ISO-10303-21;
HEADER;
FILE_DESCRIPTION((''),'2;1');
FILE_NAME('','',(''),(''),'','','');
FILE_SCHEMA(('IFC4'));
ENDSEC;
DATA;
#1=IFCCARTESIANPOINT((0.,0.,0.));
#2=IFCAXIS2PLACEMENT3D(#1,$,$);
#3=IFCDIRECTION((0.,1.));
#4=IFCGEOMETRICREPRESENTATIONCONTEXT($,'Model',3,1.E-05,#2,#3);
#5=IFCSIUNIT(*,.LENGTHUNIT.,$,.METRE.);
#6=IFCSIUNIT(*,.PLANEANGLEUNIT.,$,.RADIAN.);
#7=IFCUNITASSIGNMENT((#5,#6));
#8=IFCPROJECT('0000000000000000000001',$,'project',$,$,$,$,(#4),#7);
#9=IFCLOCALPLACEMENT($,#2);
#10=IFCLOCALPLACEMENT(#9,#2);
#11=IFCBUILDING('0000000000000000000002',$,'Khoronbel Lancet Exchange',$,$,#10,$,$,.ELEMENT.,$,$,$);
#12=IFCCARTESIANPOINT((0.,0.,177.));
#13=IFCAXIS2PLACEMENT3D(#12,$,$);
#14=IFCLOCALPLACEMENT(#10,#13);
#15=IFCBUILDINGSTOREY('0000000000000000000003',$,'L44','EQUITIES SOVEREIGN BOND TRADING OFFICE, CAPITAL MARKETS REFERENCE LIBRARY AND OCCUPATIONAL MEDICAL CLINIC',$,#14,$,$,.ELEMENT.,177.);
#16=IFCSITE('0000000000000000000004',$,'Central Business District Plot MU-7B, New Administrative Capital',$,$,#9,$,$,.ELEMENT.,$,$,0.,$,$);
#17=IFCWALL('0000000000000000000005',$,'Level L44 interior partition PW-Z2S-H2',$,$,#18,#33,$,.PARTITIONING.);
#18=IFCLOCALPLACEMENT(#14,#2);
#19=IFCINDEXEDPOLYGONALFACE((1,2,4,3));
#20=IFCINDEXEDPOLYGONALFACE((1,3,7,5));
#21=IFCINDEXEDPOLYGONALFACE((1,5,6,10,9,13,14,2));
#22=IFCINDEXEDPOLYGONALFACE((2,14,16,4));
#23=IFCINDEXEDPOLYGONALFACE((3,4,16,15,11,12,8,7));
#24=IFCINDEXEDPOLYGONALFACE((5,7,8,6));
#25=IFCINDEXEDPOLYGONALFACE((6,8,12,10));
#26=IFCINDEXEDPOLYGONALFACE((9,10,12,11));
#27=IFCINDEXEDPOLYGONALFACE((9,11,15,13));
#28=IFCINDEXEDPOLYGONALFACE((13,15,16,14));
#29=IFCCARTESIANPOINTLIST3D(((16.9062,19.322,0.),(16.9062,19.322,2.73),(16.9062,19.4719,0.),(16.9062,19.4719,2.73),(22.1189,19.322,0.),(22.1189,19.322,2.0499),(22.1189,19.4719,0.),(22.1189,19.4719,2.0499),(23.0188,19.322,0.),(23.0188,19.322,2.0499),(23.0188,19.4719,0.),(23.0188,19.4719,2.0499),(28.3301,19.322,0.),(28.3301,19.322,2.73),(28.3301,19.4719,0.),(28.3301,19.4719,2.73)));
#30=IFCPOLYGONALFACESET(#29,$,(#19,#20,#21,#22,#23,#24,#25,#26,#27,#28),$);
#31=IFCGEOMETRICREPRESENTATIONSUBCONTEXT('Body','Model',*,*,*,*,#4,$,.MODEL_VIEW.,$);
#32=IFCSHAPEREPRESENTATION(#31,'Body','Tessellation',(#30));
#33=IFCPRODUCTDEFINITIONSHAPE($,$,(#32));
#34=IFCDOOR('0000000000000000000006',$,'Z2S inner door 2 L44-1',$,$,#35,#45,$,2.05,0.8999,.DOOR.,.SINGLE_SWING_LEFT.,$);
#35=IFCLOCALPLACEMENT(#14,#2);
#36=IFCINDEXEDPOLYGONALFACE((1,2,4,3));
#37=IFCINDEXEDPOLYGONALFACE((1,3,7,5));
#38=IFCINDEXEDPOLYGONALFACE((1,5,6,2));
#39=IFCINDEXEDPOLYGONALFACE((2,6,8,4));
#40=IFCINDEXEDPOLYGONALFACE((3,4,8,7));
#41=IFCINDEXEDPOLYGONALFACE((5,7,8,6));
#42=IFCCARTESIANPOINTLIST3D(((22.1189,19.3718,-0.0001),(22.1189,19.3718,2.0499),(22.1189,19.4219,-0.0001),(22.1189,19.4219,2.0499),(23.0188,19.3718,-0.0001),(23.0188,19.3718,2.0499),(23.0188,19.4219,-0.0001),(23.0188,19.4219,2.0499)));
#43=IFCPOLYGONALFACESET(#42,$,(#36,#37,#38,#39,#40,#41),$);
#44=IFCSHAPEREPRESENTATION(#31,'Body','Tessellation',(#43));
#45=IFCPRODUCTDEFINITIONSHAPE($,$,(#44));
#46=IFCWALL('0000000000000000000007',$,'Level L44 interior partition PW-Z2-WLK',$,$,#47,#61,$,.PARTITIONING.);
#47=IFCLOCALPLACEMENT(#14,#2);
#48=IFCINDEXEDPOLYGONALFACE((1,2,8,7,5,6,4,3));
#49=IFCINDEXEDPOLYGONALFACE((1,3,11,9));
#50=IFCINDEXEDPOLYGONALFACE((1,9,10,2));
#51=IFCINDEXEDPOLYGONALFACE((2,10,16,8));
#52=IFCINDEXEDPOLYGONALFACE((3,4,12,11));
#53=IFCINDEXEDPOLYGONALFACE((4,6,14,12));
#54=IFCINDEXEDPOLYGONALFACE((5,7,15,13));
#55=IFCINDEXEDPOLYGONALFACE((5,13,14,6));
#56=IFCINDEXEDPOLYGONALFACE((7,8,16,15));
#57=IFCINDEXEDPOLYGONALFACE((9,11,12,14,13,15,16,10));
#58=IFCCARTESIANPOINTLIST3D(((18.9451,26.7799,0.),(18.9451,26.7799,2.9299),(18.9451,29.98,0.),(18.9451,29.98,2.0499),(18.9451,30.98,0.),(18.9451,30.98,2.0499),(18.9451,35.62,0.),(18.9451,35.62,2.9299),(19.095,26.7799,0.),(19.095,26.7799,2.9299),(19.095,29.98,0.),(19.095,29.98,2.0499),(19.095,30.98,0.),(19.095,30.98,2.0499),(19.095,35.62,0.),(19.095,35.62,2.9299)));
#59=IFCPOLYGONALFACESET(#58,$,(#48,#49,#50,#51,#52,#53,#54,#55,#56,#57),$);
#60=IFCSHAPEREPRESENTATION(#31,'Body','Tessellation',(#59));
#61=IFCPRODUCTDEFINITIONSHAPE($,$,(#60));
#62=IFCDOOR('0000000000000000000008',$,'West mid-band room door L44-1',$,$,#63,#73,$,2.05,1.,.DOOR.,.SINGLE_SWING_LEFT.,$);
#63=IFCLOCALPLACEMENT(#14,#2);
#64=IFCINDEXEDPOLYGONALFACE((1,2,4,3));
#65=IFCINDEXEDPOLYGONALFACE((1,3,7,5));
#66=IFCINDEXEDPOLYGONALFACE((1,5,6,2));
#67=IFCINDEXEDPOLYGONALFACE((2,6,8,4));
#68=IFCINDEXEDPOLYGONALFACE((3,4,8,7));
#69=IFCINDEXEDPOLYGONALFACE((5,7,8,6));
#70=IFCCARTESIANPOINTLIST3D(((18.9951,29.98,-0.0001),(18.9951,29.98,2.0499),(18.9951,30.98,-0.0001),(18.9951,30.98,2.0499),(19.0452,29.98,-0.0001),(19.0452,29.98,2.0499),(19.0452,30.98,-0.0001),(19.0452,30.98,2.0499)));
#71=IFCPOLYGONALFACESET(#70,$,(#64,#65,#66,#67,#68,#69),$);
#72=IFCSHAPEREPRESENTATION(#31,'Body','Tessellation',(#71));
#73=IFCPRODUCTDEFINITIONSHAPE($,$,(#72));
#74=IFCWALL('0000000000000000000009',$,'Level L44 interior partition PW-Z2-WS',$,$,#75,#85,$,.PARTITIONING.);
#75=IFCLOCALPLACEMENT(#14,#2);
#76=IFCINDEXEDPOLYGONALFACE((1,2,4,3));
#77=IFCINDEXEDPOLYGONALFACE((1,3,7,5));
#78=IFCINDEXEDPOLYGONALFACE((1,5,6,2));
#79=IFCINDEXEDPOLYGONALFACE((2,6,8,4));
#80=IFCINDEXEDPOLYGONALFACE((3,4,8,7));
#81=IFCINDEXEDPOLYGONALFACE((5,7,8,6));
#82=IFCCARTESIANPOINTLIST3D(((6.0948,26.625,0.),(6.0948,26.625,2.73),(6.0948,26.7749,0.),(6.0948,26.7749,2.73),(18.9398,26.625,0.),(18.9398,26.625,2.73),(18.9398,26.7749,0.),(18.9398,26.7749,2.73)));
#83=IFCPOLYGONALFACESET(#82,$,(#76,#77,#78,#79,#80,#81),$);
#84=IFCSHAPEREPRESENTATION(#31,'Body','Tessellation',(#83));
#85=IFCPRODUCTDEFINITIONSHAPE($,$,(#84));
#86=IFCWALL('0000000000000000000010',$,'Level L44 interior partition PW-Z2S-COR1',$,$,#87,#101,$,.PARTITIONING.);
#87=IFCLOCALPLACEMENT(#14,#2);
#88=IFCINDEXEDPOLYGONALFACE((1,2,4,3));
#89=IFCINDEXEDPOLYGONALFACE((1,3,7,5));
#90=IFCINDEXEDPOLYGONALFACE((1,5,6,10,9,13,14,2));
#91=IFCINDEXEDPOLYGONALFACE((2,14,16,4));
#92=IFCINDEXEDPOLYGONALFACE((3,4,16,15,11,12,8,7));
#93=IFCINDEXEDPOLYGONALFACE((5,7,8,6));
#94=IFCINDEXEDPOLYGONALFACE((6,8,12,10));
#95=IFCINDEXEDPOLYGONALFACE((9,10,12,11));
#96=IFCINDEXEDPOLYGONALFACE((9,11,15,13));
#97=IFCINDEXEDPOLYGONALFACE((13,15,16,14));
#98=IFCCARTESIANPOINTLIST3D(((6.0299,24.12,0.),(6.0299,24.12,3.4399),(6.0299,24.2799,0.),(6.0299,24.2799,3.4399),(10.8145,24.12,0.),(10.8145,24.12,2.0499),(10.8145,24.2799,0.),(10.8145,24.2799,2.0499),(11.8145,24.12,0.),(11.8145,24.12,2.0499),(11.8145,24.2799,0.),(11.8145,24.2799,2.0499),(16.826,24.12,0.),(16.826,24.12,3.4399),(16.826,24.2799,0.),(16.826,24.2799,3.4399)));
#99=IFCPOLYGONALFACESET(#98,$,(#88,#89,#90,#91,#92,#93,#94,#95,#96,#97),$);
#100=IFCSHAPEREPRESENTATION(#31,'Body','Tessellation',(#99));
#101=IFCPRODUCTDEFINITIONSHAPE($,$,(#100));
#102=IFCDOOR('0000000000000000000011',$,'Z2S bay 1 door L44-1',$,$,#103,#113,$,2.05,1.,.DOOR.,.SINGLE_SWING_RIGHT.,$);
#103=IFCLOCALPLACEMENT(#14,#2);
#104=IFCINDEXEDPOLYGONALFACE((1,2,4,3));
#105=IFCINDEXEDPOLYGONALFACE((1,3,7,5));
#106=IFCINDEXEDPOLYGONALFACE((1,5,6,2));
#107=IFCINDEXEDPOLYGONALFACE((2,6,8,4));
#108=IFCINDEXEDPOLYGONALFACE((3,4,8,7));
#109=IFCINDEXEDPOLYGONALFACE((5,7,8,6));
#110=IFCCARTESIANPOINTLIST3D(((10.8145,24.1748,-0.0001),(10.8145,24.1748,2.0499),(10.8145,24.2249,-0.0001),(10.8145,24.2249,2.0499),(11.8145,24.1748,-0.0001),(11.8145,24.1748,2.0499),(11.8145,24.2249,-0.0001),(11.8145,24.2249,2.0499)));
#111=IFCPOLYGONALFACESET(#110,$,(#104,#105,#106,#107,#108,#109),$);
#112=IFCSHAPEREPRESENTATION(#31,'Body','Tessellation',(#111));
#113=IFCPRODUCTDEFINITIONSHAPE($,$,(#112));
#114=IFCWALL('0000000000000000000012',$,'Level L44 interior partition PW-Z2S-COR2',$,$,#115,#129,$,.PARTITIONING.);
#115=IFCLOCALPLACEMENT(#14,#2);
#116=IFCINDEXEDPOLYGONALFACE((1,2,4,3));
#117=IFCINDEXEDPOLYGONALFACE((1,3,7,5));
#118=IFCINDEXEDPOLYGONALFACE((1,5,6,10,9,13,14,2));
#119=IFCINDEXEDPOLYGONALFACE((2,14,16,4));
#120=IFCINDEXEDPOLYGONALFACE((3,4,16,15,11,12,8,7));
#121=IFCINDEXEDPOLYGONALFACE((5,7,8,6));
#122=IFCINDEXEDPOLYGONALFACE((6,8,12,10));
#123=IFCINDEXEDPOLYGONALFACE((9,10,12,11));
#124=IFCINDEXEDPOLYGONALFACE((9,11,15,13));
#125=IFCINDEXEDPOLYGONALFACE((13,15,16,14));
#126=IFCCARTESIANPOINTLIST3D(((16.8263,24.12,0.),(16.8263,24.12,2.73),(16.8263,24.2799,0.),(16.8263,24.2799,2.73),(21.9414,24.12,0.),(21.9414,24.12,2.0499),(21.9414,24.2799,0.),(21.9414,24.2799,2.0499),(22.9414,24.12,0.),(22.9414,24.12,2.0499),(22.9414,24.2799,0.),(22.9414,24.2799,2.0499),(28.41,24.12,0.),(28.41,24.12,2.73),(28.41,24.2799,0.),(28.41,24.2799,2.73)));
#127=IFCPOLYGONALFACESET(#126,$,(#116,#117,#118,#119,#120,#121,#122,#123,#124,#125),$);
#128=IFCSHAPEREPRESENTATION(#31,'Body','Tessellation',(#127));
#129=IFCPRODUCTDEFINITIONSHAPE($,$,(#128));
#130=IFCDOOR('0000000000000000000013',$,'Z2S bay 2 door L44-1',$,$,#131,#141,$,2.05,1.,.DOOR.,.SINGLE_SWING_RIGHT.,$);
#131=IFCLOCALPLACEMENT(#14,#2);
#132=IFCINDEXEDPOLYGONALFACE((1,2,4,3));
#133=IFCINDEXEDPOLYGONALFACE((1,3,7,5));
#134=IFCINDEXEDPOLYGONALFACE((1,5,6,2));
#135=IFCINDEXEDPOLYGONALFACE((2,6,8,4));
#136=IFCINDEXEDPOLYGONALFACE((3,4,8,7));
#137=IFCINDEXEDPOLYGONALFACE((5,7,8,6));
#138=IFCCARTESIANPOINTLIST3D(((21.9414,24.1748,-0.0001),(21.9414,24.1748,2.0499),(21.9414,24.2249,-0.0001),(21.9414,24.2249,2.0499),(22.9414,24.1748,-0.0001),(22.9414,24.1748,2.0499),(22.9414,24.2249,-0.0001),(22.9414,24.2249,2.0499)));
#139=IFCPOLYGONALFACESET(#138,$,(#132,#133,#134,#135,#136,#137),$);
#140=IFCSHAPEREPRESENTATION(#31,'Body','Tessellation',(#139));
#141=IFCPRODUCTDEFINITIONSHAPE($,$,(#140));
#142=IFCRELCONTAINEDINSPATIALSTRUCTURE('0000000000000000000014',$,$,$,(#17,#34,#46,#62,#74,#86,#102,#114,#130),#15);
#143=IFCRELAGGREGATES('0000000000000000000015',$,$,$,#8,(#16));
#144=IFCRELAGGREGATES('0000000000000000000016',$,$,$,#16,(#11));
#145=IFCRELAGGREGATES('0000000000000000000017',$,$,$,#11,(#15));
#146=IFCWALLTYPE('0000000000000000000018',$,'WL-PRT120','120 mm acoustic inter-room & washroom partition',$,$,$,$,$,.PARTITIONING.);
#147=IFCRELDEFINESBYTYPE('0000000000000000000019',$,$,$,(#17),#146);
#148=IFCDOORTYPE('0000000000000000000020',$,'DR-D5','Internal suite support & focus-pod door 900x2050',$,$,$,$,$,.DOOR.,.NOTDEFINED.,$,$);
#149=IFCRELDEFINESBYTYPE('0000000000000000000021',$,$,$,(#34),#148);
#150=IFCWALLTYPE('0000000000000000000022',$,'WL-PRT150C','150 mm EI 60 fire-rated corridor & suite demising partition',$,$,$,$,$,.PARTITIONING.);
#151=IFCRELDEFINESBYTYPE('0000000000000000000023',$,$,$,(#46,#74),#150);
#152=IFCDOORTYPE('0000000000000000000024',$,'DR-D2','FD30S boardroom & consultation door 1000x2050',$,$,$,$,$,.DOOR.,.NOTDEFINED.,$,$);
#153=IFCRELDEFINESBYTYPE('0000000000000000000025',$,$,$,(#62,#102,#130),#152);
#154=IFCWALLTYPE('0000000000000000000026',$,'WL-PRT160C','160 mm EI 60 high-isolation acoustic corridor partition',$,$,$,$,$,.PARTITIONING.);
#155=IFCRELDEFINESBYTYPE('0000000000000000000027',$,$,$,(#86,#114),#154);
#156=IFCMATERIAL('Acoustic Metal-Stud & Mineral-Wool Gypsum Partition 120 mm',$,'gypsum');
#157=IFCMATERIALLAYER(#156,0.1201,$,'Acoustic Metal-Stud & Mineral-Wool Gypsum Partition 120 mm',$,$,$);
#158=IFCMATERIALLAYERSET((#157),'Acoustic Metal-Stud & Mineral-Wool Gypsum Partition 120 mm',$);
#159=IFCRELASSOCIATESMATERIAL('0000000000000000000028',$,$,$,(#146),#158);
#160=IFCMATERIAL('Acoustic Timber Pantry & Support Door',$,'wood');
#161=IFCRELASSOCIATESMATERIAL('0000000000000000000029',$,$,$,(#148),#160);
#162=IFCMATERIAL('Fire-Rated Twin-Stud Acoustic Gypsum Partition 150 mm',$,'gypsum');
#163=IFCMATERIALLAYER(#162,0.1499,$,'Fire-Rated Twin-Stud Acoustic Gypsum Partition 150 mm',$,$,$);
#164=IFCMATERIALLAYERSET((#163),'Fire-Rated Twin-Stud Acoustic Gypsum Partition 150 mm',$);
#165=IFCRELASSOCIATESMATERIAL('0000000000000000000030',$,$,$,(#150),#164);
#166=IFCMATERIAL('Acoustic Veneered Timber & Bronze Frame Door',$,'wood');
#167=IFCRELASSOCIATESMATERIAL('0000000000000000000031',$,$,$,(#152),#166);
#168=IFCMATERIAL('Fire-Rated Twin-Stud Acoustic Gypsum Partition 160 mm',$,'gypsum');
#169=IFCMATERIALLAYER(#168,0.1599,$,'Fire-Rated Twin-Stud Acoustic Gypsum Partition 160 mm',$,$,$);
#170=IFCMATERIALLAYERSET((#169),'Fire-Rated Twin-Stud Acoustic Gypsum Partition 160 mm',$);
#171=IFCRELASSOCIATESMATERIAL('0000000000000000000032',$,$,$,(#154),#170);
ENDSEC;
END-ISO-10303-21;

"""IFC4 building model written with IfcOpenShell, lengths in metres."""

from ifc_helpers import new_model, si_unit, direction, frame, frame_2d, origin, place, context, subcontext, project, spatial, rectangle, extrude, material, layer, layer_set, type_object, element, fill, save


model = new_model("IFC4")

# Units and contexts
model_context = context("Model", 3, precision=1e-05, world=origin(), true_north=direction((0.0, 1.0)))
body_context = subcontext(model_context, "Body", "Model", "MODEL_VIEW")
ifc_project = project(units=[si_unit("LENGTHUNIT", "METRE"), si_unit("PLANEANGLEUNIT", "RADIAN")], contexts=[model_context])

# Site, building, storey
site_placement = place(None, origin())
site = spatial("IfcSite", under=ifc_project, at=site_placement, Name="Central Business District Plot MU-7B, New Administrative Capital", CompositionType="ELEMENT", RefElevation=0.0)
building_placement = place(site_placement, origin())
building = spatial("IfcBuilding", under=site, at=building_placement, Name="Khoronbel Lancet Exchange", CompositionType="ELEMENT")
storey_placement = place(building_placement, frame((0.0, 0.0, 177.0)))
storey = spatial("IfcBuildingStorey", under=building, at=storey_placement, Name="L44", Description="EQUITIES SOVEREIGN BOND TRADING OFFICE, CAPITAL MARKETS REFERENCE LIBRARY AND OCCUPATIONAL MEDICAL CLINIC", CompositionType="ELEMENT", Elevation=177.0)

# Walls, openings, doors
ifc_material_1 = material(Name="Acoustic Metal-Stud & Mineral-Wool Gypsum Partition 120 mm", Category="gypsum")
ifc_layer_1 = layer(ifc_material_1, 0.1201, Name="Acoustic Metal-Stud & Mineral-Wool Gypsum Partition 120 mm")
ifc_layer_set_1 = layer_set([ifc_layer_1], Name="Acoustic Metal-Stud & Mineral-Wool Gypsum Partition 120 mm")
wall_type_1 = type_object("IfcWallType", Name="WL-PRT120", Description="120 mm acoustic inter-room & washroom partition", PredefinedType="PARTITIONING", material=ifc_layer_set_1)
ifc_material_2 = material(Name="Acoustic Timber Pantry & Support Door", Category="wood")
door_type_1 = type_object("IfcDoorType", Name="DR-D5", Description="Internal suite support & focus-pod door 900x2050", OperationType="NOTDEFINED", PredefinedType="DOOR", material=ifc_material_2)
wall_1_placement = place(storey_placement, frame((16.9062, 19.397, 0.0), z_axis=(0.0, 0.0, 1.0), x_axis=(1.0, 0.0, 0.0)))
wall_1 = element("IfcWall", 1, at=wall_1_placement, inside=storey, type_object=wall_type_1, Name="Level L44 interior partition PW-Z2S-H2", PredefinedType="PARTITIONING", context=body_context, shape_type="SweptSolid", body=[
    extrude(rectangle(XDim=11.4238, YDim=0.1499, at=frame_2d((5.7119, 0.0))), origin(), (0.0, 0.0, 1.0), 2.73),
])
opening_1_placement = place(wall_1_placement, frame((5.2126, 0.0, 0.0)))
opening_1 = element("IfcOpeningElement", 2, at=opening_1_placement, cuts=wall_1, PredefinedType="OPENING", context=body_context, shape_type="SweptSolid", body=[
    extrude(rectangle(XDim=0.8999, YDim=2.05, at=frame_2d((0.45, 1.0249))), frame((0.0, 0.085, 0.0), z_axis=(0.0, -1.0, 0.0), x_axis=(1.0, 0.0, 0.0)), (0.0, 0.0, 1.0), 0.1699),
])
door_1_placement = place(opening_1_placement, origin())
door_1 = element("IfcDoor", 3, at=door_1_placement, inside=storey, type_object=door_type_1, Name="Z2S inner door 2 L44-1", OperationType="SINGLE_SWING_LEFT", OverallHeight=2.05, OverallWidth=0.8999, PredefinedType="DOOR", context=body_context, shape_type="SweptSolid", body=[
    extrude(rectangle(XDim=0.8999, YDim=2.05, at=frame_2d((0.45, 1.0249))), frame((0.0, 0.0249, 0.0), z_axis=(0.0, -1.0, 0.0), x_axis=(1.0, 0.0, 0.0)), (0.0, 0.0, 1.0), 0.05),
])
fill(opening_1, door_1)
ifc_material_3 = material(Name="Fire-Rated Twin-Stud Acoustic Gypsum Partition 150 mm", Category="gypsum")
ifc_layer_2 = layer(ifc_material_3, 0.1499, Name="Fire-Rated Twin-Stud Acoustic Gypsum Partition 150 mm")
ifc_layer_set_2 = layer_set([ifc_layer_2], Name="Fire-Rated Twin-Stud Acoustic Gypsum Partition 150 mm")
wall_type_2 = type_object("IfcWallType", Name="WL-PRT150C", Description="150 mm EI 60 fire-rated corridor & suite demising partition", PredefinedType="PARTITIONING", material=ifc_layer_set_2)
wall_2_placement = place(storey_placement, frame((19.02, 26.78, 0.0), z_axis=(0.0, 0.0, 1.0), x_axis=(0.0, 1.0, 0.0)))
wall_2 = element("IfcWall", 4, at=wall_2_placement, inside=storey, type_object=wall_type_2, Name="Level L44 interior partition PW-Z2-WLK", PredefinedType="PARTITIONING", context=body_context, shape_type="SweptSolid", body=[
    extrude(rectangle(XDim=8.8401, YDim=0.1499, at=frame_2d((4.4199, 0.0))), origin(), (0.0, 0.0, 1.0), 2.9299),
])
opening_2_placement = place(wall_2_placement, frame((3.2, 0.0, 0.0)))
opening_2 = element("IfcOpeningElement", 5, at=opening_2_placement, cuts=wall_2, PredefinedType="OPENING", context=body_context, shape_type="SweptSolid", body=[
    extrude(rectangle(XDim=1.0, YDim=2.05, at=frame_2d((0.5, 1.0249))), frame((0.0, 0.085, 0.0), z_axis=(0.0, -1.0, 0.0), x_axis=(1.0, 0.0, 0.0)), (0.0, 0.0, 1.0), 0.1699),
])
ifc_material_4 = material(Name="Acoustic Veneered Timber & Bronze Frame Door", Category="wood")
door_type_2 = type_object("IfcDoorType", Name="DR-D2", Description="FD30S boardroom & consultation door 1000x2050", OperationType="NOTDEFINED", PredefinedType="DOOR", material=ifc_material_4)
door_2_placement = place(opening_2_placement, origin())
door_2 = element("IfcDoor", 6, at=door_2_placement, inside=storey, type_object=door_type_2, Name="West mid-band room door L44-1", OperationType="SINGLE_SWING_LEFT", OverallHeight=2.05, OverallWidth=1.0, PredefinedType="DOOR", context=body_context, shape_type="SweptSolid", body=[
    extrude(rectangle(XDim=1.0, YDim=2.05, at=frame_2d((0.5, 1.0249))), frame((0.0, 0.0249, 0.0), z_axis=(0.0, -1.0, 0.0), x_axis=(1.0, 0.0, 0.0)), (0.0, 0.0, 1.0), 0.05),
])
fill(opening_2, door_2)

# Wall
wall_3_placement = place(storey_placement, frame((6.095, 26.7, 0.0), z_axis=(0.0, 0.0, 1.0), x_axis=(1.0, 0.0, 0.0)))
element("IfcWall", 7, at=wall_3_placement, inside=storey, type_object=wall_type_2, Name="Level L44 interior partition PW-Z2-WS", PredefinedType="PARTITIONING", context=body_context, shape_type="SweptSolid", body=[
    extrude(rectangle(XDim=12.845, YDim=0.1499, at=frame_2d((6.4224, 0.0))), origin(), (0.0, 0.0, 1.0), 2.73),
])

# Walls, openings, doors
ifc_material_5 = material(Name="Fire-Rated Twin-Stud Acoustic Gypsum Partition 160 mm", Category="gypsum")
ifc_layer_3 = layer(ifc_material_5, 0.1599, Name="Fire-Rated Twin-Stud Acoustic Gypsum Partition 160 mm")
ifc_layer_set_3 = layer_set([ifc_layer_3], Name="Fire-Rated Twin-Stud Acoustic Gypsum Partition 160 mm")
wall_type_3 = type_object("IfcWallType", Name="WL-PRT160C", Description="160 mm EI 60 high-isolation acoustic corridor partition", PredefinedType="PARTITIONING", material=ifc_layer_set_3)
wall_4_placement = place(storey_placement, frame((6.03, 24.2, 0.0), z_axis=(0.0, 0.0, 1.0), x_axis=(1.0, 0.0, 0.0)))
wall_4 = element("IfcWall", 8, at=wall_4_placement, inside=storey, type_object=wall_type_3, Name="Level L44 interior partition PW-Z2S-COR1", PredefinedType="PARTITIONING", context=body_context, shape_type="SweptSolid", body=[
    extrude(rectangle(XDim=10.7961, YDim=0.1599, at=frame_2d((5.3979, 0.0))), origin(), (0.0, 0.0, 1.0), 3.4399),
])
opening_3_placement = place(wall_4_placement, frame((4.7844, 0.0, 0.0)))
opening_3 = element("IfcOpeningElement", 9, at=opening_3_placement, cuts=wall_4, PredefinedType="OPENING", context=body_context, shape_type="SweptSolid", body=[
    extrude(rectangle(XDim=1.0, YDim=2.05, at=frame_2d((0.5, 1.0249))), frame((0.0, 0.0898, 0.0), z_axis=(0.0, -1.0, 0.0), x_axis=(1.0, 0.0, 0.0)), (0.0, 0.0, 1.0), 0.1799),
])
door_3_placement = place(opening_3_placement, origin())
door_3 = element("IfcDoor", 10, at=door_3_placement, inside=storey, type_object=door_type_2, Name="Z2S bay 1 door L44-1", OperationType="SINGLE_SWING_RIGHT", OverallHeight=2.05, OverallWidth=1.0, PredefinedType="DOOR", context=body_context, shape_type="SweptSolid", body=[
    extrude(rectangle(XDim=1.0, YDim=2.05, at=frame_2d((0.5, 1.0249))), frame((0.0, 0.0249, 0.0), z_axis=(0.0, -1.0, 0.0), x_axis=(1.0, 0.0, 0.0)), (0.0, 0.0, 1.0), 0.05),
])
fill(opening_3, door_3)
wall_5_placement = place(storey_placement, frame((16.8262, 24.2, 0.0), z_axis=(0.0, 0.0, 1.0), x_axis=(1.0, 0.0, 0.0)))
wall_5 = element("IfcWall", 11, at=wall_5_placement, inside=storey, type_object=wall_type_3, Name="Level L44 interior partition PW-Z2S-COR2", PredefinedType="PARTITIONING", context=body_context, shape_type="SweptSolid", body=[
    extrude(rectangle(XDim=11.5837, YDim=0.1599, at=frame_2d((5.792, 0.0))), origin(), (0.0, 0.0, 1.0), 2.73),
])
opening_4_placement = place(wall_5_placement, frame((5.1152, 0.0, 0.0)))
opening_4 = element("IfcOpeningElement", 12, at=opening_4_placement, cuts=wall_5, PredefinedType="OPENING", context=body_context, shape_type="SweptSolid", body=[
    extrude(rectangle(XDim=1.0, YDim=2.05, at=frame_2d((0.5, 1.0249))), frame((0.0, 0.0898, 0.0), z_axis=(0.0, -1.0, 0.0), x_axis=(1.0, 0.0, 0.0)), (0.0, 0.0, 1.0), 0.1799),
])
door_4_placement = place(opening_4_placement, origin())
door_4 = element("IfcDoor", 13, at=door_4_placement, inside=storey, type_object=door_type_2, Name="Z2S bay 2 door L44-1", OperationType="SINGLE_SWING_RIGHT", OverallHeight=2.05, OverallWidth=1.0, PredefinedType="DOOR", context=body_context, shape_type="SweptSolid", body=[
    extrude(rectangle(XDim=1.0, YDim=2.05, at=frame_2d((0.5, 1.0249))), frame((0.0, 0.0249, 0.0), z_axis=(0.0, -1.0, 0.0), x_axis=(1.0, 0.0, 0.0)), (0.0, 0.0, 1.0), 0.05),
])
fill(opening_4, door_4)

save(model, "model.ifc")
